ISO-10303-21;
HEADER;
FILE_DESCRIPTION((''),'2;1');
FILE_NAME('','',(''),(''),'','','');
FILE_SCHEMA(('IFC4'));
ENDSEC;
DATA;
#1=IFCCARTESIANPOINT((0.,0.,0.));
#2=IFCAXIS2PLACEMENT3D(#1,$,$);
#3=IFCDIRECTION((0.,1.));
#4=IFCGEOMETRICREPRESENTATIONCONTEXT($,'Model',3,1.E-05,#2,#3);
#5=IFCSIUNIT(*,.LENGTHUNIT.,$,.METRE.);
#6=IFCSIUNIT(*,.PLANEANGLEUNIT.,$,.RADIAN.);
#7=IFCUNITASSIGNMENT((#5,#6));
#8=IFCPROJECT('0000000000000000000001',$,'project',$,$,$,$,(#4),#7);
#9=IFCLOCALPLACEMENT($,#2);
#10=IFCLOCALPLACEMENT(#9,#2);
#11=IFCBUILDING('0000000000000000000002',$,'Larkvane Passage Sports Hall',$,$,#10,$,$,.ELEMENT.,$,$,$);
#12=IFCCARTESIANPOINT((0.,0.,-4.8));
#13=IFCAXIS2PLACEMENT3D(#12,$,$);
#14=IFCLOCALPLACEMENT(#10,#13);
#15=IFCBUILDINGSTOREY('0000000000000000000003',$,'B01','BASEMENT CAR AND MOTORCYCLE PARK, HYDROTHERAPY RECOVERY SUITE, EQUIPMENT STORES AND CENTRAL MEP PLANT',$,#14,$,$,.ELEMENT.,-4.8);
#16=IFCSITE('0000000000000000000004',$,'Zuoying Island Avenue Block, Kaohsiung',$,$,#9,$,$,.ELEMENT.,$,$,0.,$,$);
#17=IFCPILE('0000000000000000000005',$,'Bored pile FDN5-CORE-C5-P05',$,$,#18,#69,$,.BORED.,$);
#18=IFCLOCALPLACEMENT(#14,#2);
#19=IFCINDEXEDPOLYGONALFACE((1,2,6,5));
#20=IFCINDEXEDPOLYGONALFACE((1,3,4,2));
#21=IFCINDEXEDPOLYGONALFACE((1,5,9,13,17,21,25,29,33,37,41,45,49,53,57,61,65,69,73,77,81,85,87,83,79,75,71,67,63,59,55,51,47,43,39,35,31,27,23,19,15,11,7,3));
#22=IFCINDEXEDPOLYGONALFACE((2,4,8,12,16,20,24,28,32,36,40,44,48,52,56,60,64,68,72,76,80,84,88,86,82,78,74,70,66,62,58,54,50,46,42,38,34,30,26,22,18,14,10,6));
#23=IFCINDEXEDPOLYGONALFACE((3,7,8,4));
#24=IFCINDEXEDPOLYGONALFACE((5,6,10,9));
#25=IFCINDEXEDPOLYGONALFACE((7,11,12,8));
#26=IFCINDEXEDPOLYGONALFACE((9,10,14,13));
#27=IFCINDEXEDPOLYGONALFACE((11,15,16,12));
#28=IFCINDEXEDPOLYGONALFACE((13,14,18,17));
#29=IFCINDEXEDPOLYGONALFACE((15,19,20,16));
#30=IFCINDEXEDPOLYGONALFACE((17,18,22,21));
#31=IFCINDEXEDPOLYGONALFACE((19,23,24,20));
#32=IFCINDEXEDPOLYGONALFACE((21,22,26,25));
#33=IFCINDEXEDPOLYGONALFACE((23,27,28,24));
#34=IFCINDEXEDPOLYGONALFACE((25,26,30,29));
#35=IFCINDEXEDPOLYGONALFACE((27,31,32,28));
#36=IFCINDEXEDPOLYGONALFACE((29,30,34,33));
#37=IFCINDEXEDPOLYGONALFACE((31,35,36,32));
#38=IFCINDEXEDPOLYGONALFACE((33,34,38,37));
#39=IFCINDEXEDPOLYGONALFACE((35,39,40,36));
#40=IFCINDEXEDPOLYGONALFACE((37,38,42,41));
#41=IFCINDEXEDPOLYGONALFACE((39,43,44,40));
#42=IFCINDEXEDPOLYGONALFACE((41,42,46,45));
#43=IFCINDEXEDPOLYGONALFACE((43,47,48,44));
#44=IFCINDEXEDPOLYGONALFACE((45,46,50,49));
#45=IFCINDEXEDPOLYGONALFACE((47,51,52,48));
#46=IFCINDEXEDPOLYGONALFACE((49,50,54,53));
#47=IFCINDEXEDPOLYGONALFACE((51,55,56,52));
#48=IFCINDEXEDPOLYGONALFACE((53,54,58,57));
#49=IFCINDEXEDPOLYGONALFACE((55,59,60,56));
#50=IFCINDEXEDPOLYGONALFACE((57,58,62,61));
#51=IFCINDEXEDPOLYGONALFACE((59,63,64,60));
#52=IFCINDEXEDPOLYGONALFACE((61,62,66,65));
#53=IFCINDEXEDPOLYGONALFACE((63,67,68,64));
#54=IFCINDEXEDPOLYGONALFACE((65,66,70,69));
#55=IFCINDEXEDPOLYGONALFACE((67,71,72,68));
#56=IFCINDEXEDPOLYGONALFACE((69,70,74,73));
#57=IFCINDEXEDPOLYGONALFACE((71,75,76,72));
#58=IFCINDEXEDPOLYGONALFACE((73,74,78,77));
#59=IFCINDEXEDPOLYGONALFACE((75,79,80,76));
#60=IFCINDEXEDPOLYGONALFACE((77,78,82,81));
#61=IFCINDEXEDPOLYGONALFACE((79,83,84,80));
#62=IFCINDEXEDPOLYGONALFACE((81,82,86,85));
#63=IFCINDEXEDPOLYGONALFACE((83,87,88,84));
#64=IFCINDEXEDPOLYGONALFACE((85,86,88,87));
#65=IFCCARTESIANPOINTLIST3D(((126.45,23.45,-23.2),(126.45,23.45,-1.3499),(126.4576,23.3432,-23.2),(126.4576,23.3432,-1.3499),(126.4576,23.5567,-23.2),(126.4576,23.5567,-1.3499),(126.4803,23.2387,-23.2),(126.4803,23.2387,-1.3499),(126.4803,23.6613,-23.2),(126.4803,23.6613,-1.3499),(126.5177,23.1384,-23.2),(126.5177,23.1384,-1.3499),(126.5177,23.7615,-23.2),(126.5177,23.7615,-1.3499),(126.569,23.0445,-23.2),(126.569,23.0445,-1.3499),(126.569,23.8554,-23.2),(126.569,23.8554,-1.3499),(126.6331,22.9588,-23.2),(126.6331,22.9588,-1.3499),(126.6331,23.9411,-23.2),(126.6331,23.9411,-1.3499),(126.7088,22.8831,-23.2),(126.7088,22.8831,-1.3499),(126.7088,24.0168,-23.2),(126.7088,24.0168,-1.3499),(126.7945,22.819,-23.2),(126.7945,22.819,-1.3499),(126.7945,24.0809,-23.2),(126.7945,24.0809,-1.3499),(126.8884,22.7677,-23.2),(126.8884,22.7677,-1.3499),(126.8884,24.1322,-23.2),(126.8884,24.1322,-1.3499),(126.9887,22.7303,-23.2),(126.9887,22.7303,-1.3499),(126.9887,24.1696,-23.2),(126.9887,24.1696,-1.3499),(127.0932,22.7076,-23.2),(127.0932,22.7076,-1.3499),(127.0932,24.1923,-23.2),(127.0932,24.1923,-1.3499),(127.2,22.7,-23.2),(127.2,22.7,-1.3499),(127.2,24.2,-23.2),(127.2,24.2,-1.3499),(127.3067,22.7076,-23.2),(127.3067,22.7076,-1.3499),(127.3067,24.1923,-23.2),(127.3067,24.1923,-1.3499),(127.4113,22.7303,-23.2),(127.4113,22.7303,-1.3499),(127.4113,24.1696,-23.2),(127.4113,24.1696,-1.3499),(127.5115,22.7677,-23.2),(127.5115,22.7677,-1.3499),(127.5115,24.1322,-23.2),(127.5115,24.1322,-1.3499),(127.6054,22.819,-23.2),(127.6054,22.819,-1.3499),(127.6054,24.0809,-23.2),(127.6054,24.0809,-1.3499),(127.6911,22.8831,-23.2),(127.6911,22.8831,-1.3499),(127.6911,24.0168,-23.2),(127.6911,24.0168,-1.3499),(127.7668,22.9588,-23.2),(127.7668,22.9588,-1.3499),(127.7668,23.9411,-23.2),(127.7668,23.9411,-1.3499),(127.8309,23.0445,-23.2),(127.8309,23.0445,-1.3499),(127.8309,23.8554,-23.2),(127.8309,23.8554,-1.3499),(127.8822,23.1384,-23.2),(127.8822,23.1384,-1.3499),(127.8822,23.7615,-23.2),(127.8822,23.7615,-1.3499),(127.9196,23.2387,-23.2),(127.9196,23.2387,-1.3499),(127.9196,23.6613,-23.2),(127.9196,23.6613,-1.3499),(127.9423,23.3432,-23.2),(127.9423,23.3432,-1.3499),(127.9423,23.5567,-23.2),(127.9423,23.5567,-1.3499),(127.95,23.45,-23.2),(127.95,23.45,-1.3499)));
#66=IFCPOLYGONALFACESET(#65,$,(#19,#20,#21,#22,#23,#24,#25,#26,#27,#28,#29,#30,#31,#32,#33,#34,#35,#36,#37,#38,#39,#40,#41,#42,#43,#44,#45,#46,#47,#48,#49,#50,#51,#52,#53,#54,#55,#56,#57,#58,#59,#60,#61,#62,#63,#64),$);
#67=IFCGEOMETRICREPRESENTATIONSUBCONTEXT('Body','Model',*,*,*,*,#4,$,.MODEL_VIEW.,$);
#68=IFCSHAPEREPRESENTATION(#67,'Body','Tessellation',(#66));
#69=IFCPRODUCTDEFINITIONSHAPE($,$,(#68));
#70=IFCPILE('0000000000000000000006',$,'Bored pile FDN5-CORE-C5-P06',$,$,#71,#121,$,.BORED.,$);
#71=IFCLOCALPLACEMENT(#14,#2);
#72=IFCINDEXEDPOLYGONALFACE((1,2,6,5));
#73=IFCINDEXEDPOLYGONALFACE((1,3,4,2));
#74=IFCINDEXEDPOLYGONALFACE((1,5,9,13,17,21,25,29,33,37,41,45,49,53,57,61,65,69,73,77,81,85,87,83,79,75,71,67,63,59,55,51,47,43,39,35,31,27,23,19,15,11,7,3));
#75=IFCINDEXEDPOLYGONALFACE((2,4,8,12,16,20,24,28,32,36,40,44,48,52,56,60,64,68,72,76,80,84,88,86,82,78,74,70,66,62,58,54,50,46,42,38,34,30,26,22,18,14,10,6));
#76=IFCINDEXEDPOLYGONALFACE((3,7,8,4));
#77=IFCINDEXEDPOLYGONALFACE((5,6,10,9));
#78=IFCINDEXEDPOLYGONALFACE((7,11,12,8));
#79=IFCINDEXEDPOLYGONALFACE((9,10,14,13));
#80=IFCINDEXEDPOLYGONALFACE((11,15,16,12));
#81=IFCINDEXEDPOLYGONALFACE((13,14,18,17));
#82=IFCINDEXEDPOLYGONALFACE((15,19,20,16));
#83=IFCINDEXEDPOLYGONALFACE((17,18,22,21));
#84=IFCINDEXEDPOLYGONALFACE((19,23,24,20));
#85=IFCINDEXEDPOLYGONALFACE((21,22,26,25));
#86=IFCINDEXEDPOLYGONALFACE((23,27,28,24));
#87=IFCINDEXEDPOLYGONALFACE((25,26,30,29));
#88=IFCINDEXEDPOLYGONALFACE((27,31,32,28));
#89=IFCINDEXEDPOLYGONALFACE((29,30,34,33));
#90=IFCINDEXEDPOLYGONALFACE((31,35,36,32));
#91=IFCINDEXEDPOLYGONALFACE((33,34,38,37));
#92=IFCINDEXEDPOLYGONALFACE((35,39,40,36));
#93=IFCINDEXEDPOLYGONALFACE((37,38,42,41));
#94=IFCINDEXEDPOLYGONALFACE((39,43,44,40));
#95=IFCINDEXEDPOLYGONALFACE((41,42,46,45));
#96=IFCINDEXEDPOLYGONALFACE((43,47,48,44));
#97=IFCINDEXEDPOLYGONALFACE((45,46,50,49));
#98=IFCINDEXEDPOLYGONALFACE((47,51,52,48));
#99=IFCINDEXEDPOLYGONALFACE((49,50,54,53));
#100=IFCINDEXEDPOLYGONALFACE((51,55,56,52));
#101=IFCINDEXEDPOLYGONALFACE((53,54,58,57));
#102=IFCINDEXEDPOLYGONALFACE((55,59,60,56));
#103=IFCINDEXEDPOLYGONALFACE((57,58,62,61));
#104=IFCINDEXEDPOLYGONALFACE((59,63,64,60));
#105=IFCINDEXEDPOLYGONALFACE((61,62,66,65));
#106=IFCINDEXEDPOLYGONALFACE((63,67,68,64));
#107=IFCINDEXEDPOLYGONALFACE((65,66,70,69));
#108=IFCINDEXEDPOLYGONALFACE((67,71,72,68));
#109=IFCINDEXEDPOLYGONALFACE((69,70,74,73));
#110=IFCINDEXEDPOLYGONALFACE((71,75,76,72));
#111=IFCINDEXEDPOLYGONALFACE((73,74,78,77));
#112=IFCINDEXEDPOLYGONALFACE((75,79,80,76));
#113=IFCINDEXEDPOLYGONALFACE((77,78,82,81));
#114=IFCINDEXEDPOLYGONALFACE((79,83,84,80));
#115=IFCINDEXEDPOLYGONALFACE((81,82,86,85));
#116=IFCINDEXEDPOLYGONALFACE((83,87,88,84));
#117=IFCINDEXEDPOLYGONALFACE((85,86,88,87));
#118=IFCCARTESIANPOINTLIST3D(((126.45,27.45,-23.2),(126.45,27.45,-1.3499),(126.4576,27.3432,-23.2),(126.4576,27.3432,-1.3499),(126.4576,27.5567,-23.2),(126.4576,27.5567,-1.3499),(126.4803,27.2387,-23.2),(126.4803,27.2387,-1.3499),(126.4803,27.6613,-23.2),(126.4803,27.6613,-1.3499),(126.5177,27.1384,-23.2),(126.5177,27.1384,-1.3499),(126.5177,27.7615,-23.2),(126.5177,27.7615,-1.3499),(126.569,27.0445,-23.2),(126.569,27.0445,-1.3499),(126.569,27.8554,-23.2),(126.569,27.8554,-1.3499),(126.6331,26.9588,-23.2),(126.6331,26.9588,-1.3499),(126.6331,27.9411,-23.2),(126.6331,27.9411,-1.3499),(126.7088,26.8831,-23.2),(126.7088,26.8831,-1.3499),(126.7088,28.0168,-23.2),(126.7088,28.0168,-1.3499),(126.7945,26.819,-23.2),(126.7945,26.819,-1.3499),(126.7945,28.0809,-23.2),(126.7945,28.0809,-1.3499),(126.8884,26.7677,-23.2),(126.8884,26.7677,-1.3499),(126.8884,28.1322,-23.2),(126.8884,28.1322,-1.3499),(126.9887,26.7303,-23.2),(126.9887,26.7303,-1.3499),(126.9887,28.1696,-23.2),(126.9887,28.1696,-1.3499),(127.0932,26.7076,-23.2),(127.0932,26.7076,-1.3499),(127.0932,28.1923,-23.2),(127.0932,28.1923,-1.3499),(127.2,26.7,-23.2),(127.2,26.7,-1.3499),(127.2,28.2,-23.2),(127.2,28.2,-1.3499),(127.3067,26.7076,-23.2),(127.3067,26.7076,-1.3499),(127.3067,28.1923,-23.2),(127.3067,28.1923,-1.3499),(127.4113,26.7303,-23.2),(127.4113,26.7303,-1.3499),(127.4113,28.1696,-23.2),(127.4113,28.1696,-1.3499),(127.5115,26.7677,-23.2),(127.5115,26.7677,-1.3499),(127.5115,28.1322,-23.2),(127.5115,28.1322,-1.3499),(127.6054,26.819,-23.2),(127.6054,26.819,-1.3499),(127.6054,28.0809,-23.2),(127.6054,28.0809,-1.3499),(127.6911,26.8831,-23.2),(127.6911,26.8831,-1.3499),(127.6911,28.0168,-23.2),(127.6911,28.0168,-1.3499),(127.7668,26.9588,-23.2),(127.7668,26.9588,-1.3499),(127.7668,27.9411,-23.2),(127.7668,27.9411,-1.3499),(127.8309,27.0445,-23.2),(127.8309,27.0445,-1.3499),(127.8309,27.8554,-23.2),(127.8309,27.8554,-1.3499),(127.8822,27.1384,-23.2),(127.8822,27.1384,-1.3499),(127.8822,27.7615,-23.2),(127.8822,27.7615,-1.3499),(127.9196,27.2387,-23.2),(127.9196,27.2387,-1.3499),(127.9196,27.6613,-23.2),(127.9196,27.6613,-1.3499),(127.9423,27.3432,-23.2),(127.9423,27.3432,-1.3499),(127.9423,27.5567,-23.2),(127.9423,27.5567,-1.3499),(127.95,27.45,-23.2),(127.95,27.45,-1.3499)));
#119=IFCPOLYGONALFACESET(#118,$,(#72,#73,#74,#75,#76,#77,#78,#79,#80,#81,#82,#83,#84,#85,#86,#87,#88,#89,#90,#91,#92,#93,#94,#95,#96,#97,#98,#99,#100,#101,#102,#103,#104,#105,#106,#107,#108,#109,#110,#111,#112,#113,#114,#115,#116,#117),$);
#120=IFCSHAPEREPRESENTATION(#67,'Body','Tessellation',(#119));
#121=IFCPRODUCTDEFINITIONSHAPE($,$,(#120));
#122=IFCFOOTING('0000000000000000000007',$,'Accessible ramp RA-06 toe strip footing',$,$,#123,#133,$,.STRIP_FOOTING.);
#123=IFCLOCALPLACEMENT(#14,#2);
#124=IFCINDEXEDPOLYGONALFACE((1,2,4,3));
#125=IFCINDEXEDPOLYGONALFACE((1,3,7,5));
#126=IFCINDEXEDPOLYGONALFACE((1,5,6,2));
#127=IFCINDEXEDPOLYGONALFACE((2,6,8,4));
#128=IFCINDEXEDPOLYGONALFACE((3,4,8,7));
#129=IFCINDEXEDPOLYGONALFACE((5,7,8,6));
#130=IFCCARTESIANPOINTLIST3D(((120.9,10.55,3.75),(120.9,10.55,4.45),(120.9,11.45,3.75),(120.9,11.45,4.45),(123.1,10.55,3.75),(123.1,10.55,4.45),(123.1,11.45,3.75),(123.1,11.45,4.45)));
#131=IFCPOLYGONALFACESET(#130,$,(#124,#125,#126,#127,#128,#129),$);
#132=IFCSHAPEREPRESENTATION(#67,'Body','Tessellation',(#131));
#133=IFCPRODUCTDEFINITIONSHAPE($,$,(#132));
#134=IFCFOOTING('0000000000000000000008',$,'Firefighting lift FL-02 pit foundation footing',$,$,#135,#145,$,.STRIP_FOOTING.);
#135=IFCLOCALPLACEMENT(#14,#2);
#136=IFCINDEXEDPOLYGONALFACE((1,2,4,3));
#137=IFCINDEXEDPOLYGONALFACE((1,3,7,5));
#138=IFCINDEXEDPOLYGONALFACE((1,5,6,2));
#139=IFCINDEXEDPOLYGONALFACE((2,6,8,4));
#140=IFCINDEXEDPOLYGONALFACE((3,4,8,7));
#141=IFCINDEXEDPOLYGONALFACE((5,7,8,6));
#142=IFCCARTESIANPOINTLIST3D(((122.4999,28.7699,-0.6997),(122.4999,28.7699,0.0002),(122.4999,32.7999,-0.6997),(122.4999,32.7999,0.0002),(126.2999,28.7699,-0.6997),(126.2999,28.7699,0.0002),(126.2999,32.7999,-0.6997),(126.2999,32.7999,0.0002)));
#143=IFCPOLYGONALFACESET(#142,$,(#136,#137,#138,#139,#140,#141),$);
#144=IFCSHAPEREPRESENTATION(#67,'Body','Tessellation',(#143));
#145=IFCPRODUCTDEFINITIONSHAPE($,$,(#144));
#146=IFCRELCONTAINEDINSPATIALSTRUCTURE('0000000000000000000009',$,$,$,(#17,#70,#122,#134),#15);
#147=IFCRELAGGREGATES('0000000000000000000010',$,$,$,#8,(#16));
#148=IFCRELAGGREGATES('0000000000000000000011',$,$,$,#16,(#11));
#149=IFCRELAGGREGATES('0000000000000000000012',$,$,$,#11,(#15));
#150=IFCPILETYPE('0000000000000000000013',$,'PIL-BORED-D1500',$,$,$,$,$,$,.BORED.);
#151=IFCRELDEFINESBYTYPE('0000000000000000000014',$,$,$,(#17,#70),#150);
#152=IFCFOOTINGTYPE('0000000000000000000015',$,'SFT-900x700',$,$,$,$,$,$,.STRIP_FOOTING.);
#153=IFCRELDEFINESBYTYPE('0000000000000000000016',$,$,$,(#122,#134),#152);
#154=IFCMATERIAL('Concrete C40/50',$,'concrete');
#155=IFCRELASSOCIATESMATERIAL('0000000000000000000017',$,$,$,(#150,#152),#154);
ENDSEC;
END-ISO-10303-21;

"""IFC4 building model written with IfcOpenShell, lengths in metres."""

from ifc_helpers import new_model, si_unit, direction, frame, origin, origin_2d, place, context, subcontext, project, spatial, rectangle, circle, extrude, material, material_profile, profile_set, type_object, element, save


model = new_model("IFC4")

# Units and contexts
model_context = context("Model", 3, precision=1e-05, world=origin(), true_north=direction((0.0, 1.0)))
body_context = subcontext(model_context, "Body", "Model", "MODEL_VIEW")
ifc_project = project(units=[si_unit("LENGTHUNIT", "METRE"), si_unit("PLANEANGLEUNIT", "RADIAN")], contexts=[model_context])

# Site, building, storey
site_placement = place(None, origin())
site = spatial("IfcSite", under=ifc_project, at=site_placement, Name="Zuoying Island Avenue Block, Kaohsiung", CompositionType="ELEMENT", RefElevation=0.0)
building_placement = place(site_placement, origin())
building = spatial("IfcBuilding", under=site, at=building_placement, Name="Larkvane Passage Sports Hall", CompositionType="ELEMENT")
storey_placement = place(building_placement, frame((0.0, 0.0, -4.8)))
storey = spatial("IfcBuildingStorey", under=building, at=storey_placement, Name="B01", Description="BASEMENT CAR AND MOTORCYCLE PARK, HYDROTHERAPY RECOVERY SUITE, EQUIPMENT STORES AND CENTRAL MEP PLANT", CompositionType="ELEMENT", Elevation=-4.8)

# Shared definitions
ifc_material_1 = material(Name="Concrete C40/50", Category="concrete")

# Piles
ifc_material_profile_1 = material_profile(ifc_material_1, circle(Radius=0.75, at=origin_2d()), Name="PILE-D1500")
ifc_profile_set_1 = profile_set([ifc_material_profile_1], Name="Concrete C40/50")
pile_type_1 = type_object("IfcPileType", Name="PIL-BORED-D1500", PredefinedType="BORED", material=ifc_profile_set_1)
for number, where, z_axis, x_axis, name in (
    (1, (127.2, 23.45, -1.3499), (0.0, 0.0, -1.0), (1.0, 0.0, 0.0), "Bored pile FDN5-CORE-C5-P05"),
    (2, (127.2, 27.45, -1.3499), (0.0, 0.0, -1.0), (1.0, 0.0, 0.0), "Bored pile FDN5-CORE-C5-P06"),
):
    element("IfcPile", number, at=place(storey_placement, frame(where, z_axis=z_axis, x_axis=x_axis)), inside=storey, type_object=pile_type_1, Name=name, PredefinedType="BORED", context=body_context, shape_type="SweptSolid", body=[
        extrude(circle(Radius=0.75, at=origin_2d()), origin(), (0.0, 0.0, 1.0), 21.8501),
    ])

# Footings
footing_type_1 = type_object("IfcFootingType", Name="SFT-900x700", PredefinedType="STRIP_FOOTING", material=ifc_material_1)
footing_1_placement = place(storey_placement, frame((122.0, 11.0, 3.75), z_axis=(0.0, 0.0, 1.0), x_axis=(1.0, 0.0, 0.0)))
element("IfcFooting", 3, at=footing_1_placement, inside=storey, type_object=footing_type_1, Name="Accessible ramp RA-06 toe strip footing", PredefinedType="STRIP_FOOTING", context=body_context, shape_type="SweptSolid", body=[
    extrude(rectangle(XDim=2.2, YDim=0.8999, at=origin_2d()), origin(), (0.0, 0.0, 1.0), 0.7),
])
footing_2_placement = place(storey_placement, frame((124.3999, 30.7849, -0.6997), z_axis=(0.0, 0.0, 1.0), x_axis=(1.0, 0.0, 0.0)))
element("IfcFooting", 4, at=footing_2_placement, inside=storey, type_object=footing_type_1, Name="Firefighting lift FL-02 pit foundation footing", PredefinedType="STRIP_FOOTING", context=body_context, shape_type="SweptSolid", body=[
    extrude(rectangle(XDim=3.8, YDim=4.03, at=origin_2d()), origin(), (0.0, 0.0, 1.0), 0.7),
])

save(model, "model.ifc")
